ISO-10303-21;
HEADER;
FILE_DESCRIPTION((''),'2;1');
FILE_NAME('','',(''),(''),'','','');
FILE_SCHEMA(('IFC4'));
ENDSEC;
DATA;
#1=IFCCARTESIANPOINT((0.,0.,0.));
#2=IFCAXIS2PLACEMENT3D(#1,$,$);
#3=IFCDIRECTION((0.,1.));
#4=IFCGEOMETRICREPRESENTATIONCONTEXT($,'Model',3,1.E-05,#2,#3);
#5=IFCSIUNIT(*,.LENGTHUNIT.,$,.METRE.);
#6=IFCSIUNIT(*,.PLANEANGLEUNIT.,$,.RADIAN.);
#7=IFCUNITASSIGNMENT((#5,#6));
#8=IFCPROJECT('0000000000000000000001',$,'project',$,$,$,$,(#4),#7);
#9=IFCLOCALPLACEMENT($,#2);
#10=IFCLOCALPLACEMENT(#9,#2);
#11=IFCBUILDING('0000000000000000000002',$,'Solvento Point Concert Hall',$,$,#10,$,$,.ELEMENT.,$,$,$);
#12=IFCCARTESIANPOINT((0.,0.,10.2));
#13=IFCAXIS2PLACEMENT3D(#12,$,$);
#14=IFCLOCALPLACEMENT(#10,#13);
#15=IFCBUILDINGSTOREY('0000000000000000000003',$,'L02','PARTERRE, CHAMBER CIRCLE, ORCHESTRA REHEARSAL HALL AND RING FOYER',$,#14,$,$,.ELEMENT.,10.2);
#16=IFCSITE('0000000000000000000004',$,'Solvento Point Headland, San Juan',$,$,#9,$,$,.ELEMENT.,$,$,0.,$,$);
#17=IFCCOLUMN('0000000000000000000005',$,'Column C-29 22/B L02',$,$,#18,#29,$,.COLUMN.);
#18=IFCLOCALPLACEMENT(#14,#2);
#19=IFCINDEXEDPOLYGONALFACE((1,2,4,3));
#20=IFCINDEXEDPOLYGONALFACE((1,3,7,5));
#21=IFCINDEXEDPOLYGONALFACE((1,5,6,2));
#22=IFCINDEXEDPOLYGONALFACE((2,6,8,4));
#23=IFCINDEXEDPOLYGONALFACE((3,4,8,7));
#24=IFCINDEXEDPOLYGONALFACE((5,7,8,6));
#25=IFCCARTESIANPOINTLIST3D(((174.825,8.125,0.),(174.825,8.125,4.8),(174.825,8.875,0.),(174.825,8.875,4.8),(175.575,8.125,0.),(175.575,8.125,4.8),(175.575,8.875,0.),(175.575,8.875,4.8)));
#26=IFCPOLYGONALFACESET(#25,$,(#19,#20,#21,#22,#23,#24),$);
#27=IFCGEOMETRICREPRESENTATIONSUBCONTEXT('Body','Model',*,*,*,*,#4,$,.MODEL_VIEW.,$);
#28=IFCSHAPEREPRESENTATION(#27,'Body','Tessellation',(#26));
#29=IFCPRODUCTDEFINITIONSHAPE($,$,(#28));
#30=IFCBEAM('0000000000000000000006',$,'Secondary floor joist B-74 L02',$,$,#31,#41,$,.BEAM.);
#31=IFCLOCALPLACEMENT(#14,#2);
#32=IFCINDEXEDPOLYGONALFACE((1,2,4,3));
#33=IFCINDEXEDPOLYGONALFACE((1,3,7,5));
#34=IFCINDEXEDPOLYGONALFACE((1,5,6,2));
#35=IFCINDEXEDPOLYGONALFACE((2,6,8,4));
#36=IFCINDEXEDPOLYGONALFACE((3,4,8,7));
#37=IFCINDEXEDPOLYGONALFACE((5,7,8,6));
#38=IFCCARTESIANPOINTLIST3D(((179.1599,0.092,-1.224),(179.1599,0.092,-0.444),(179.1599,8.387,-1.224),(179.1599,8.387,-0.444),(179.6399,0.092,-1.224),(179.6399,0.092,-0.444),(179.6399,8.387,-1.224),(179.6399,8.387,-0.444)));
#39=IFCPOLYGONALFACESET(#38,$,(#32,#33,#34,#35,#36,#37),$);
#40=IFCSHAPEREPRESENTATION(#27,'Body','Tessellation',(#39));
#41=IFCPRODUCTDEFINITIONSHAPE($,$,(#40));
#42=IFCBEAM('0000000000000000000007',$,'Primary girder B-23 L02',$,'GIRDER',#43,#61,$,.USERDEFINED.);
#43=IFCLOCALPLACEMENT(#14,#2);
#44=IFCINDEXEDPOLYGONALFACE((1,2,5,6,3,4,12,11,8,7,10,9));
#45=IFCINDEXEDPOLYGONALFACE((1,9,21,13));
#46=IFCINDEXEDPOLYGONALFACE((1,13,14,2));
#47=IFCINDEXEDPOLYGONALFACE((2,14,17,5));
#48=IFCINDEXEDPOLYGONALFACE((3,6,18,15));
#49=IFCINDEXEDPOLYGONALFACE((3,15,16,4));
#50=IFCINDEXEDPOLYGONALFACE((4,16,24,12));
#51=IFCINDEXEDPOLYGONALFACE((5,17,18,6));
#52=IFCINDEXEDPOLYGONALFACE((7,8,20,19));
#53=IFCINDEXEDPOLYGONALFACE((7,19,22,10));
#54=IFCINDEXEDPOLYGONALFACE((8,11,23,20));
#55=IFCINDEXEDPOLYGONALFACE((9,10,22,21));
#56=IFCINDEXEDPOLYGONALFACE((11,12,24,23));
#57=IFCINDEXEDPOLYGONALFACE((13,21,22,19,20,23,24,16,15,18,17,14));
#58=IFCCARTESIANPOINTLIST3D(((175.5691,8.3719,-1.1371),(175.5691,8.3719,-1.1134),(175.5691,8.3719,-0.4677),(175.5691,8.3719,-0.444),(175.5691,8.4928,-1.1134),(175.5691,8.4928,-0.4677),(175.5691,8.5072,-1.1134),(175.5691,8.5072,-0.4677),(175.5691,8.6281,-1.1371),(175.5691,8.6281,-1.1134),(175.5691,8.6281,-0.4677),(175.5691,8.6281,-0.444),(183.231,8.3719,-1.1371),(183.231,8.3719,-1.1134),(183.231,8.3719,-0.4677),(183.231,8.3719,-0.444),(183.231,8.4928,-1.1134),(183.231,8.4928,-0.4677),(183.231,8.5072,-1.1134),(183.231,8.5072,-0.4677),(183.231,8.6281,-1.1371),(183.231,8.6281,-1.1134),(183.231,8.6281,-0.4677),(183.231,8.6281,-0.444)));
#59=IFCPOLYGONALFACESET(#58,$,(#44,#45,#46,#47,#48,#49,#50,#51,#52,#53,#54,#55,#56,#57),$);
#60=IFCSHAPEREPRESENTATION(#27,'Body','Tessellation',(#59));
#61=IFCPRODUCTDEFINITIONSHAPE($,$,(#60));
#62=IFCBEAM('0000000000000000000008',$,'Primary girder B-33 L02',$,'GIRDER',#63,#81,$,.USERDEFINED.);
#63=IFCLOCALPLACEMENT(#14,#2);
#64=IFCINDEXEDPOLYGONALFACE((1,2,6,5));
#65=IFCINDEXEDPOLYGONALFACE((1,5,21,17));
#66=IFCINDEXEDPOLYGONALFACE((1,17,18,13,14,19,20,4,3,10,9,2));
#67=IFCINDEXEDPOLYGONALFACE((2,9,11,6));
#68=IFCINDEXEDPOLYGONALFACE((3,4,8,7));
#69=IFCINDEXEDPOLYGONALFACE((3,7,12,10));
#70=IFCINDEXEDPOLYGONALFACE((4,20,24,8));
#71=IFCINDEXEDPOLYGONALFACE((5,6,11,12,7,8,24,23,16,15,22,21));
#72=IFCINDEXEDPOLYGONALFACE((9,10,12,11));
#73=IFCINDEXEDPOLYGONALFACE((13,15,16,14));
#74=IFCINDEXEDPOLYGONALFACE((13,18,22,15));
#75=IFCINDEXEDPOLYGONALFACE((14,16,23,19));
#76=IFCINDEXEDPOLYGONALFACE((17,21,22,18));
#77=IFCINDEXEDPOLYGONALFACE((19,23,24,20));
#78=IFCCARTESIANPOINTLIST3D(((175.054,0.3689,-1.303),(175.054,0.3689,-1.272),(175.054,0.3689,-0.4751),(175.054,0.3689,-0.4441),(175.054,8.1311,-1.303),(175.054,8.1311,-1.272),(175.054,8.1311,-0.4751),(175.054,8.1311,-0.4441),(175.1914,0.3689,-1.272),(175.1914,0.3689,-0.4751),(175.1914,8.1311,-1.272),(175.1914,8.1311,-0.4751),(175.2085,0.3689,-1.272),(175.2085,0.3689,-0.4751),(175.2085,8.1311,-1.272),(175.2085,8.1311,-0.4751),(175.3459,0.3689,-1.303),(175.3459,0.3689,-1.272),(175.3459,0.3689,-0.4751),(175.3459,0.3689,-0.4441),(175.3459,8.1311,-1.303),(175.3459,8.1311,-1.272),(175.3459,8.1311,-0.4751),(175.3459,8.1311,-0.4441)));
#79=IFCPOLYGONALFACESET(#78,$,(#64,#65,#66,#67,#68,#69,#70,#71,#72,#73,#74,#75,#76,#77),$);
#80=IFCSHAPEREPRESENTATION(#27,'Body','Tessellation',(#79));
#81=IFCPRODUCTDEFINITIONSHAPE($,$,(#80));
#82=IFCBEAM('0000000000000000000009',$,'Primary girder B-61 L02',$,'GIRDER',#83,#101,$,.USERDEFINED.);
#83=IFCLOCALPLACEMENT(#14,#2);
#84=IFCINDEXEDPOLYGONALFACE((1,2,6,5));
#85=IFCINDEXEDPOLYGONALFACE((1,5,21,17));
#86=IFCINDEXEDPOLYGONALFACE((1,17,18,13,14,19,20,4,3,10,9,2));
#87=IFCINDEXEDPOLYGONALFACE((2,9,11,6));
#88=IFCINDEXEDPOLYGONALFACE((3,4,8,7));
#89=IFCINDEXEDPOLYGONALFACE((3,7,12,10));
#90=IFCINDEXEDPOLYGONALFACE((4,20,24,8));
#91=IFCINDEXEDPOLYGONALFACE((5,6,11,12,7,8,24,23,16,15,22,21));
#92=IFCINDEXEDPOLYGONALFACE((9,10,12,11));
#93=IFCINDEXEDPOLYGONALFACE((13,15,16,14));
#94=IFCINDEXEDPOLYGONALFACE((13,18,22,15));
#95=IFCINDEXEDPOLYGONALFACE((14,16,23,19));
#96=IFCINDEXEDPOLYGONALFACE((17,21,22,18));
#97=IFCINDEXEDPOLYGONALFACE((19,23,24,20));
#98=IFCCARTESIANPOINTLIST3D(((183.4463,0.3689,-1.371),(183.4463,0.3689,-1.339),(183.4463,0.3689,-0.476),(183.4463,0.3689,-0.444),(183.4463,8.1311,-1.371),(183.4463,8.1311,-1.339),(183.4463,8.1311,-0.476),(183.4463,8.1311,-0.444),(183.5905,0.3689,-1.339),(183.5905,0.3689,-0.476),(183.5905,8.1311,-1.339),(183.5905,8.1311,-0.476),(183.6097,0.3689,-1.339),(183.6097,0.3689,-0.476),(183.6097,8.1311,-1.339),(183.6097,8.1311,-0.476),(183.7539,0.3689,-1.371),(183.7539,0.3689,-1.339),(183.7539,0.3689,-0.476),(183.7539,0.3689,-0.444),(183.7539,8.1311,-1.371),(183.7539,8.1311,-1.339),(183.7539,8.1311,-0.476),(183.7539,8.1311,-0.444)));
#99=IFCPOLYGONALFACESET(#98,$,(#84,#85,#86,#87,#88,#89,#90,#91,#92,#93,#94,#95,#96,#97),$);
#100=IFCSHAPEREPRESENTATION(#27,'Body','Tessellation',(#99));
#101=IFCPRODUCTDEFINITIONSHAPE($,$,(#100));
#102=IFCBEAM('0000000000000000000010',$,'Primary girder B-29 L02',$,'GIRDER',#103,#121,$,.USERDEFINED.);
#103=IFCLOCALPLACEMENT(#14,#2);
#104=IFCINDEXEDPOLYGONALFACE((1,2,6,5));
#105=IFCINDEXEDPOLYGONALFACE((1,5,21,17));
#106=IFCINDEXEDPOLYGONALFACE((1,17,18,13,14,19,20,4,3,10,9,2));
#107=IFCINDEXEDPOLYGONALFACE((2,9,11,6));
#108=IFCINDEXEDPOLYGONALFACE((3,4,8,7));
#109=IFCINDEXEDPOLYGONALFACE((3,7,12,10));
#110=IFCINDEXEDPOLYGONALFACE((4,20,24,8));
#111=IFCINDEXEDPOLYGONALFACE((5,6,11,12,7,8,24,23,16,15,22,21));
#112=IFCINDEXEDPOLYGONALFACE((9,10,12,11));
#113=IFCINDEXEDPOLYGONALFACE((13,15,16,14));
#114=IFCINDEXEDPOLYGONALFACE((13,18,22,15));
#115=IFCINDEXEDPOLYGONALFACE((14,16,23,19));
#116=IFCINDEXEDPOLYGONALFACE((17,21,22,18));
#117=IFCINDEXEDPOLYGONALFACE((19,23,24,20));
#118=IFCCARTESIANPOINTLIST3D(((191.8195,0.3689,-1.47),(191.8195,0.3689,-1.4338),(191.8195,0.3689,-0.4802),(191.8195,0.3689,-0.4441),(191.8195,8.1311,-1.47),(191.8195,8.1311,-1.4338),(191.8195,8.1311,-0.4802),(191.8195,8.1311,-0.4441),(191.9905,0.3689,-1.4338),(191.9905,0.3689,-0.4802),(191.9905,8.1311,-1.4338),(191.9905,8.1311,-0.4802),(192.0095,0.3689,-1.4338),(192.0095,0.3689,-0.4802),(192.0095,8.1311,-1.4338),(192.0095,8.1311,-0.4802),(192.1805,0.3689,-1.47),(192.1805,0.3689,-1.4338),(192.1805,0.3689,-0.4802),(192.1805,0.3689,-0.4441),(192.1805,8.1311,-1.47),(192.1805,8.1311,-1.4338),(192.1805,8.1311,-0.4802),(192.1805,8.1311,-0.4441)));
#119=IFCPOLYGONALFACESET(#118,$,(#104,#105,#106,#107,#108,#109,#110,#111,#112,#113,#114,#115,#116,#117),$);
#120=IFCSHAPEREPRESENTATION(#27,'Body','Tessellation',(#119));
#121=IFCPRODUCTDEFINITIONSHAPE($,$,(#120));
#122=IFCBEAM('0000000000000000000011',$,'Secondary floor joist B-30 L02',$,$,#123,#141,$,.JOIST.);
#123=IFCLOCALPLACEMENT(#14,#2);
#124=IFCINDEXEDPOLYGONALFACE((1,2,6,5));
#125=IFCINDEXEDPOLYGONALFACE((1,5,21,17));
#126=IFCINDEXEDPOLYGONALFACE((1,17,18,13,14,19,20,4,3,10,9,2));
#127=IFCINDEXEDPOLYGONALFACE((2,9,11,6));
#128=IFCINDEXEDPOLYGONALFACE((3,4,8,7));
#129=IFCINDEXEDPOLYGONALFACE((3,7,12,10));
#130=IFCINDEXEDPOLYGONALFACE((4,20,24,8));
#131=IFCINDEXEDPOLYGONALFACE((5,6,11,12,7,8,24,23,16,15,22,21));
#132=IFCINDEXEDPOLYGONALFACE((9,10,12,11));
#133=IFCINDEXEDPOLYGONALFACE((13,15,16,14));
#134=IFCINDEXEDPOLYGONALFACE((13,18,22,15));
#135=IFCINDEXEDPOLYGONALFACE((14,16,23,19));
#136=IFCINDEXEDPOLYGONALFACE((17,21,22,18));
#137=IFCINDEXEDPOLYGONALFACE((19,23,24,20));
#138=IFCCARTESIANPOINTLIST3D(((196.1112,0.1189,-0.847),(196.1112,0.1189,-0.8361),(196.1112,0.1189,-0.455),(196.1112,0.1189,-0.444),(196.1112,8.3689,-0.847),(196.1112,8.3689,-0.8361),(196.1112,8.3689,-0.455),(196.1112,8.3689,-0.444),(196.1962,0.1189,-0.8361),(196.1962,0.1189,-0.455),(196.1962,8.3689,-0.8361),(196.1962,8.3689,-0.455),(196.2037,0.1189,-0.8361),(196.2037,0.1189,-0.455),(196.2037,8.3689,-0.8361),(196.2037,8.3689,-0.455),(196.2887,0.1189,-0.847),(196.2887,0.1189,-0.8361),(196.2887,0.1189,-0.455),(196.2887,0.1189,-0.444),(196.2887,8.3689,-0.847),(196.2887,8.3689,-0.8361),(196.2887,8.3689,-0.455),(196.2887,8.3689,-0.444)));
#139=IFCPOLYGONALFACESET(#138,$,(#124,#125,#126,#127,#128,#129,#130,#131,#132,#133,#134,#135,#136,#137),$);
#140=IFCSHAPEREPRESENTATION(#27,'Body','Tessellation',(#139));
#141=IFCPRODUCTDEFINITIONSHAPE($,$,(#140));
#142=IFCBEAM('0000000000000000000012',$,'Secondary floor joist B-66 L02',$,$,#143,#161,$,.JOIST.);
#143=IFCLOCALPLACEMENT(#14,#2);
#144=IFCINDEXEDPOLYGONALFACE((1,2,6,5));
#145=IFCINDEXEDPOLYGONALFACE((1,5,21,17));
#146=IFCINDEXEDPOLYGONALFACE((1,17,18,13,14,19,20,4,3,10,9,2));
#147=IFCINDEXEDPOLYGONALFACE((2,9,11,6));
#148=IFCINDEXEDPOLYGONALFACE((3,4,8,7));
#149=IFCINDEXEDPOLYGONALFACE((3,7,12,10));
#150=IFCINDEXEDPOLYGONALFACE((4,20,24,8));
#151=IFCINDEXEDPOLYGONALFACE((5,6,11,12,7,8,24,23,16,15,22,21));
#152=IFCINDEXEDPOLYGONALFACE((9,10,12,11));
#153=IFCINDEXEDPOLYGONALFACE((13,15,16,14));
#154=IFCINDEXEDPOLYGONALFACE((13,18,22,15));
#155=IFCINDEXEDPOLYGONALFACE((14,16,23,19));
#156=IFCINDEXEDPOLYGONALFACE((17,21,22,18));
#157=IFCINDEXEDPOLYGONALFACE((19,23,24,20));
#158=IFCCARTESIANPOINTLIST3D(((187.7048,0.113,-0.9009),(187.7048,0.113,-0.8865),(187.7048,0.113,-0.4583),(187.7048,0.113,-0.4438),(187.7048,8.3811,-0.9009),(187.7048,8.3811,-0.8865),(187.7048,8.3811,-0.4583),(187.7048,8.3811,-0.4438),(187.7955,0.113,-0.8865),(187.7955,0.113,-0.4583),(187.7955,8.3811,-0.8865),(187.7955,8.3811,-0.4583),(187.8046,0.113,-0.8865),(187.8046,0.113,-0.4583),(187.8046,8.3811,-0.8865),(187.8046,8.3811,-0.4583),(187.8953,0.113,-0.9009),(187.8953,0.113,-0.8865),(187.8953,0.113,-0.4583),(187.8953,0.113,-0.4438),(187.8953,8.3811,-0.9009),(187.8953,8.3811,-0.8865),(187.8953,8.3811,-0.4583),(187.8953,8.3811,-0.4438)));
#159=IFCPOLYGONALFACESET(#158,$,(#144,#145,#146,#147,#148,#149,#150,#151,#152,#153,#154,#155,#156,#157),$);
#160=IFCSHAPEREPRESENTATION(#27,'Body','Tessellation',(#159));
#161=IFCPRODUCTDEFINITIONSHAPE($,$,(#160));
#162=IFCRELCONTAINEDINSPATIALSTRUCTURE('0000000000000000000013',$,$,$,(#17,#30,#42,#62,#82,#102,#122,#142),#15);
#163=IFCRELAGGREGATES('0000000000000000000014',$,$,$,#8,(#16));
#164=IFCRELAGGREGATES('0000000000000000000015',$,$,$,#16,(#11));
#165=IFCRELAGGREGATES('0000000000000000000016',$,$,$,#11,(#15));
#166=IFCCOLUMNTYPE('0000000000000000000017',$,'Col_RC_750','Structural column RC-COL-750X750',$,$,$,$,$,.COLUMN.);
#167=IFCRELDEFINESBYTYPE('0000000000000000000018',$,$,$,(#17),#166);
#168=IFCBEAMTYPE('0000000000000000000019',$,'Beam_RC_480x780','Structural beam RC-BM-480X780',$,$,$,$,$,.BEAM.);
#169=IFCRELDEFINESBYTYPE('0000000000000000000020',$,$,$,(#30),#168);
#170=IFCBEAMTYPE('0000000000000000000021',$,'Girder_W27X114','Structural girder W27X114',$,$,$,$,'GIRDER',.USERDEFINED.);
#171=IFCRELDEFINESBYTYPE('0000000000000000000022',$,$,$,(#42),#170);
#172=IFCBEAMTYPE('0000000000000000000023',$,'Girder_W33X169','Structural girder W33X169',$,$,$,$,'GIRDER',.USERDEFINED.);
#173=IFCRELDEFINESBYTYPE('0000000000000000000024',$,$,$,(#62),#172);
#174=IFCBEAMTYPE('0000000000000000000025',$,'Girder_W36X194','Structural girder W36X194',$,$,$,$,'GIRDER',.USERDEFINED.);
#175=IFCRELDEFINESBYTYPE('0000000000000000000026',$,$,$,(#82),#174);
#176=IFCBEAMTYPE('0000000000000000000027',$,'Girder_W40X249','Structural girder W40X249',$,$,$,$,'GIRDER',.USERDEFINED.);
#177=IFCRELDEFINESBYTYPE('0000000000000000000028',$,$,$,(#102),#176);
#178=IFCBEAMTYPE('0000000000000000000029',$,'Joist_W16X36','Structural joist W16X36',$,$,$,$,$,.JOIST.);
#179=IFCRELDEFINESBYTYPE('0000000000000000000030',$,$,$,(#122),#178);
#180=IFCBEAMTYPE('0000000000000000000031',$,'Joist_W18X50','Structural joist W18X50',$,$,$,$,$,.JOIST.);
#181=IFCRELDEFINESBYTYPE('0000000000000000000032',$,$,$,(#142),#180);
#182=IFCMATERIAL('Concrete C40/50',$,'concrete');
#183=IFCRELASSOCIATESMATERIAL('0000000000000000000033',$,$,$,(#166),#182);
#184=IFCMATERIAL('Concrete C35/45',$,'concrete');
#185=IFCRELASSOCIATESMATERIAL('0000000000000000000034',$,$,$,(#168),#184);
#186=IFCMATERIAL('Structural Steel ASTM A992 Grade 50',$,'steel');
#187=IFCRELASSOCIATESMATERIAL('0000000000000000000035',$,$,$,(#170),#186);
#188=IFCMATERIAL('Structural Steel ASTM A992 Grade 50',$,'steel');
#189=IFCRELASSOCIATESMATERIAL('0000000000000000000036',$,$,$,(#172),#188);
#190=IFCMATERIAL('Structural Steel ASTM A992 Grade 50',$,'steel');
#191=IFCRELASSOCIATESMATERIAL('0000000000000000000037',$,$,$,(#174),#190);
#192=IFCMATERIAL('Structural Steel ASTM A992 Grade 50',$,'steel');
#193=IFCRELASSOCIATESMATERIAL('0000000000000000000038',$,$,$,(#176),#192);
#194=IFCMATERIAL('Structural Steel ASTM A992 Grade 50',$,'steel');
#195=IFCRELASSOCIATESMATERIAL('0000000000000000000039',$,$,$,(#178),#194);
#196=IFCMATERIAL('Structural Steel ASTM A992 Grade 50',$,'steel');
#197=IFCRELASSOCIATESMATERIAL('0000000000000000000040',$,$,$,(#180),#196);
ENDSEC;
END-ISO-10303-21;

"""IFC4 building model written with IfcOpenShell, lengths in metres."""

from ifc_helpers import new_model, si_unit, direction, frame, origin, origin_2d, place, context, subcontext, project, spatial, rectangle, i_section, extrude, material, material_profile, profile_set, type_object, element, save


model = new_model("IFC4")

# Units and contexts
model_context = context("Model", 3, precision=1e-05, world=origin(), true_north=direction((0.0, 1.0)))
body_context = subcontext(model_context, "Body", "Model", "MODEL_VIEW")
ifc_project = project(units=[si_unit("LENGTHUNIT", "METRE"), si_unit("PLANEANGLEUNIT", "RADIAN")], contexts=[model_context])

# Site, building, storey
site_placement = place(None, origin())
site = spatial("IfcSite", under=ifc_project, at=site_placement, Name="Solvento Point Headland, San Juan", CompositionType="ELEMENT", RefElevation=0.0)
building_placement = place(site_placement, origin())
building = spatial("IfcBuilding", under=site, at=building_placement, Name="Solvento Point Concert Hall", CompositionType="ELEMENT")
storey_placement = place(building_placement, frame((0.0, 0.0, 10.2)))
storey = spatial("IfcBuildingStorey", under=building, at=storey_placement, Name="L02", Description="PARTERRE, CHAMBER CIRCLE, ORCHESTRA REHEARSAL HALL AND RING FOYER", CompositionType="ELEMENT", Elevation=10.2)

# Column
ifc_material_1 = material(Name="Concrete C40/50", Category="concrete")
ifc_material_profile_1 = material_profile(ifc_material_1, rectangle(XDim=0.75, YDim=0.75, at=origin_2d()), Name="RC-COL-750X750")
ifc_profile_set_1 = profile_set([ifc_material_profile_1], Name="Concrete C40/50")
column_type = type_object("IfcColumnType", Name="Col_RC_750", Description="Structural column RC-COL-750X750", PredefinedType="COLUMN", material=ifc_profile_set_1)
column_placement = place(storey_placement, frame((175.2, 8.5, 0.0), z_axis=(0.0, 0.0, 1.0), x_axis=(1.0, 0.0, 0.0)))
element("IfcColumn", 1, at=column_placement, inside=storey, type_object=column_type, Name="Column C-29 22/B L02", PredefinedType="COLUMN", context=body_context, shape_type="SweptSolid", body=[
    extrude(rectangle(XDim=0.75, YDim=0.75, at=origin_2d()), origin(), (0.0, 0.0, 1.0), 4.8),
])

# Beams
ifc_material_2 = material(Name="Concrete C35/45", Category="concrete")
ifc_material_profile_2 = material_profile(ifc_material_2, rectangle(XDim=0.48, YDim=0.78, at=origin_2d()), Name="RC-BM-480X780")
ifc_profile_set_2 = profile_set([ifc_material_profile_2], Name="Concrete C35/45")
beam_type_1 = type_object("IfcBeamType", Name="Beam_RC_480x780", Description="Structural beam RC-BM-480X780", PredefinedType="BEAM", material=ifc_profile_set_2)
beam_1_placement = place(storey_placement, frame((179.3999, 0.092, -0.834), z_axis=(0.0, 1.0, 0.0), x_axis=(-1.0, 0.0, 0.0)))
element("IfcBeam", 2, at=beam_1_placement, inside=storey, type_object=beam_type_1, Name="Secondary floor joist B-74 L02", PredefinedType="BEAM", context=body_context, shape_type="SweptSolid", body=[
    extrude(rectangle(XDim=0.48, YDim=0.78, at=origin_2d()), origin(), (0.0, 0.0, 1.0), 8.2949),
])
ifc_material_3 = material(Name="Structural Steel ASTM A992 Grade 50", Category="steel")
ifc_material_profile_3 = material_profile(ifc_material_3, i_section(OverallWidth=0.2561, OverallDepth=0.6931, WebThickness=0.0144, FlangeThickness=0.0237, at=origin_2d()), Name="W27X114")
ifc_profile_set_3 = profile_set([ifc_material_profile_3], Name="Structural Steel ASTM A992 Grade 50")
beam_type_2 = type_object("IfcBeamType", Name="Girder_W27X114", Description="Structural girder W27X114", ElementType="GIRDER", PredefinedType="USERDEFINED", material=ifc_profile_set_3)
beam_2_placement = place(storey_placement, frame((175.5691, 8.5, -0.7905), z_axis=(1.0, 0.0, 0.0), x_axis=(0.0, 1.0, 0.0)))
element("IfcBeam", 3, at=beam_2_placement, inside=storey, type_object=beam_type_2, Name="Primary girder B-23 L02", ObjectType="GIRDER", PredefinedType="USERDEFINED", context=body_context, shape_type="SweptSolid", body=[
    extrude(i_section(OverallWidth=0.2561, OverallDepth=0.6931, WebThickness=0.0144, FlangeThickness=0.0237, at=origin_2d()), origin(), (0.0, 0.0, 1.0), 7.6619),
])
ifc_material_4 = material(Name="Structural Steel ASTM A992 Grade 50", Category="steel")
ifc_material_profile_4 = material_profile(ifc_material_4, i_section(OverallWidth=0.292, OverallDepth=0.8589, WebThickness=0.0171, FlangeThickness=0.031, at=origin_2d()), Name="W33X169")
ifc_profile_set_4 = profile_set([ifc_material_profile_4], Name="Structural Steel ASTM A992 Grade 50")
beam_type_3 = type_object("IfcBeamType", Name="Girder_W33X169", Description="Structural girder W33X169", ElementType="GIRDER", PredefinedType="USERDEFINED", material=ifc_profile_set_4)
beam_3_placement = place(storey_placement, frame((175.2, 0.3689, -0.8735), z_axis=(0.0, 1.0, 0.0), x_axis=(-1.0, 0.0, 0.0)))
element("IfcBeam", 4, at=beam_3_placement, inside=storey, type_object=beam_type_3, Name="Primary girder B-33 L02", ObjectType="GIRDER", PredefinedType="USERDEFINED", context=body_context, shape_type="SweptSolid", body=[
    extrude(i_section(OverallWidth=0.292, OverallDepth=0.8589, WebThickness=0.0171, FlangeThickness=0.031, at=origin_2d()), origin(), (0.0, 0.0, 1.0), 7.7622),
])
ifc_material_5 = material(Name="Structural Steel ASTM A992 Grade 50", Category="steel")
ifc_material_profile_5 = material_profile(ifc_material_5, i_section(OverallWidth=0.3076, OverallDepth=0.927, WebThickness=0.0193, FlangeThickness=0.032, at=origin_2d()), Name="W36X194")
ifc_profile_set_5 = profile_set([ifc_material_profile_5], Name="Structural Steel ASTM A992 Grade 50")
beam_type_4 = type_object("IfcBeamType", Name="Girder_W36X194", Description="Structural girder W36X194", ElementType="GIRDER", PredefinedType="USERDEFINED", material=ifc_profile_set_5)
beam_4_placement = place(storey_placement, frame((183.6001, 0.3689, -0.9075), z_axis=(0.0, 1.0, 0.0), x_axis=(-1.0, 0.0, 0.0)))
element("IfcBeam", 5, at=beam_4_placement, inside=storey, type_object=beam_type_4, Name="Primary girder B-61 L02", ObjectType="GIRDER", PredefinedType="USERDEFINED", context=body_context, shape_type="SweptSolid", body=[
    extrude(i_section(OverallWidth=0.3076, OverallDepth=0.927, WebThickness=0.0193, FlangeThickness=0.032, at=origin_2d()), origin(), (0.0, 0.0, 1.0), 7.7622),
])
ifc_material_6 = material(Name="Structural Steel ASTM A992 Grade 50", Category="steel")
ifc_material_profile_6 = material_profile(ifc_material_6, i_section(OverallWidth=0.3611, OverallDepth=1.0259, WebThickness=0.019, FlangeThickness=0.0361, at=origin_2d()), Name="W40X249")
ifc_profile_set_6 = profile_set([ifc_material_profile_6], Name="Structural Steel ASTM A992 Grade 50")
beam_type_5 = type_object("IfcBeamType", Name="Girder_W40X249", Description="Structural girder W40X249", ElementType="GIRDER", PredefinedType="USERDEFINED", material=ifc_profile_set_6)
beam_5_placement = place(storey_placement, frame((192.0, 0.3689, -0.957), z_axis=(0.0, 1.0, 0.0), x_axis=(-1.0, 0.0, 0.0)))
element("IfcBeam", 6, at=beam_5_placement, inside=storey, type_object=beam_type_5, Name="Primary girder B-29 L02", ObjectType="GIRDER", PredefinedType="USERDEFINED", context=body_context, shape_type="SweptSolid", body=[
    extrude(i_section(OverallWidth=0.3611, OverallDepth=1.0259, WebThickness=0.019, FlangeThickness=0.0361, at=origin_2d()), origin(), (0.0, 0.0, 1.0), 7.7622),
])
ifc_material_7 = material(Name="Structural Steel ASTM A992 Grade 50", Category="steel")
ifc_material_profile_7 = material_profile(ifc_material_7, i_section(OverallWidth=0.1775, OverallDepth=0.4031, WebThickness=0.0076, FlangeThickness=0.011, at=origin_2d()), Name="W16X36")
ifc_profile_set_7 = profile_set([ifc_material_profile_7], Name="Structural Steel ASTM A992 Grade 50")
beam_type_6 = type_object("IfcBeamType", Name="Joist_W16X36", Description="Structural joist W16X36", PredefinedType="JOIST", material=ifc_profile_set_7)
beam_6_placement = place(storey_placement, frame((196.2, 0.1189, -0.6455), z_axis=(0.0, 1.0, 0.0), x_axis=(-1.0, 0.0, 0.0)))
element("IfcBeam", 7, at=beam_6_placement, inside=storey, type_object=beam_type_6, Name="Secondary floor joist B-30 L02", PredefinedType="JOIST", context=body_context, shape_type="SweptSolid", body=[
    extrude(i_section(OverallWidth=0.1775, OverallDepth=0.4031, WebThickness=0.0076, FlangeThickness=0.011, at=origin_2d()), origin(), (0.0, 0.0, 1.0), 8.25),
])
ifc_material_8 = material(Name="Structural Steel ASTM A992 Grade 50", Category="steel")
ifc_material_profile_8 = material_profile(ifc_material_8, i_section(OverallWidth=0.1904, OverallDepth=0.457, WebThickness=0.009, FlangeThickness=0.0144, at=origin_2d()), Name="W18X50")
ifc_profile_set_8 = profile_set([ifc_material_profile_8], Name="Structural Steel ASTM A992 Grade 50")
beam_type_7 = type_object("IfcBeamType", Name="Joist_W18X50", Description="Structural joist W18X50", PredefinedType="JOIST", material=ifc_profile_set_8)
beam_7_placement = place(storey_placement, frame((187.8, 0.113, -0.6724), z_axis=(0.0, 1.0, 0.0), x_axis=(-1.0, 0.0, 0.0)))
element("IfcBeam", 8, at=beam_7_placement, inside=storey, type_object=beam_type_7, Name="Secondary floor joist B-66 L02", PredefinedType="JOIST", context=body_context, shape_type="SweptSolid", body=[
    extrude(i_section(OverallWidth=0.1904, OverallDepth=0.457, WebThickness=0.009, FlangeThickness=0.0144, at=origin_2d()), origin(), (0.0, 0.0, 1.0), 8.2681),
])

save(model, "model.ifc")
